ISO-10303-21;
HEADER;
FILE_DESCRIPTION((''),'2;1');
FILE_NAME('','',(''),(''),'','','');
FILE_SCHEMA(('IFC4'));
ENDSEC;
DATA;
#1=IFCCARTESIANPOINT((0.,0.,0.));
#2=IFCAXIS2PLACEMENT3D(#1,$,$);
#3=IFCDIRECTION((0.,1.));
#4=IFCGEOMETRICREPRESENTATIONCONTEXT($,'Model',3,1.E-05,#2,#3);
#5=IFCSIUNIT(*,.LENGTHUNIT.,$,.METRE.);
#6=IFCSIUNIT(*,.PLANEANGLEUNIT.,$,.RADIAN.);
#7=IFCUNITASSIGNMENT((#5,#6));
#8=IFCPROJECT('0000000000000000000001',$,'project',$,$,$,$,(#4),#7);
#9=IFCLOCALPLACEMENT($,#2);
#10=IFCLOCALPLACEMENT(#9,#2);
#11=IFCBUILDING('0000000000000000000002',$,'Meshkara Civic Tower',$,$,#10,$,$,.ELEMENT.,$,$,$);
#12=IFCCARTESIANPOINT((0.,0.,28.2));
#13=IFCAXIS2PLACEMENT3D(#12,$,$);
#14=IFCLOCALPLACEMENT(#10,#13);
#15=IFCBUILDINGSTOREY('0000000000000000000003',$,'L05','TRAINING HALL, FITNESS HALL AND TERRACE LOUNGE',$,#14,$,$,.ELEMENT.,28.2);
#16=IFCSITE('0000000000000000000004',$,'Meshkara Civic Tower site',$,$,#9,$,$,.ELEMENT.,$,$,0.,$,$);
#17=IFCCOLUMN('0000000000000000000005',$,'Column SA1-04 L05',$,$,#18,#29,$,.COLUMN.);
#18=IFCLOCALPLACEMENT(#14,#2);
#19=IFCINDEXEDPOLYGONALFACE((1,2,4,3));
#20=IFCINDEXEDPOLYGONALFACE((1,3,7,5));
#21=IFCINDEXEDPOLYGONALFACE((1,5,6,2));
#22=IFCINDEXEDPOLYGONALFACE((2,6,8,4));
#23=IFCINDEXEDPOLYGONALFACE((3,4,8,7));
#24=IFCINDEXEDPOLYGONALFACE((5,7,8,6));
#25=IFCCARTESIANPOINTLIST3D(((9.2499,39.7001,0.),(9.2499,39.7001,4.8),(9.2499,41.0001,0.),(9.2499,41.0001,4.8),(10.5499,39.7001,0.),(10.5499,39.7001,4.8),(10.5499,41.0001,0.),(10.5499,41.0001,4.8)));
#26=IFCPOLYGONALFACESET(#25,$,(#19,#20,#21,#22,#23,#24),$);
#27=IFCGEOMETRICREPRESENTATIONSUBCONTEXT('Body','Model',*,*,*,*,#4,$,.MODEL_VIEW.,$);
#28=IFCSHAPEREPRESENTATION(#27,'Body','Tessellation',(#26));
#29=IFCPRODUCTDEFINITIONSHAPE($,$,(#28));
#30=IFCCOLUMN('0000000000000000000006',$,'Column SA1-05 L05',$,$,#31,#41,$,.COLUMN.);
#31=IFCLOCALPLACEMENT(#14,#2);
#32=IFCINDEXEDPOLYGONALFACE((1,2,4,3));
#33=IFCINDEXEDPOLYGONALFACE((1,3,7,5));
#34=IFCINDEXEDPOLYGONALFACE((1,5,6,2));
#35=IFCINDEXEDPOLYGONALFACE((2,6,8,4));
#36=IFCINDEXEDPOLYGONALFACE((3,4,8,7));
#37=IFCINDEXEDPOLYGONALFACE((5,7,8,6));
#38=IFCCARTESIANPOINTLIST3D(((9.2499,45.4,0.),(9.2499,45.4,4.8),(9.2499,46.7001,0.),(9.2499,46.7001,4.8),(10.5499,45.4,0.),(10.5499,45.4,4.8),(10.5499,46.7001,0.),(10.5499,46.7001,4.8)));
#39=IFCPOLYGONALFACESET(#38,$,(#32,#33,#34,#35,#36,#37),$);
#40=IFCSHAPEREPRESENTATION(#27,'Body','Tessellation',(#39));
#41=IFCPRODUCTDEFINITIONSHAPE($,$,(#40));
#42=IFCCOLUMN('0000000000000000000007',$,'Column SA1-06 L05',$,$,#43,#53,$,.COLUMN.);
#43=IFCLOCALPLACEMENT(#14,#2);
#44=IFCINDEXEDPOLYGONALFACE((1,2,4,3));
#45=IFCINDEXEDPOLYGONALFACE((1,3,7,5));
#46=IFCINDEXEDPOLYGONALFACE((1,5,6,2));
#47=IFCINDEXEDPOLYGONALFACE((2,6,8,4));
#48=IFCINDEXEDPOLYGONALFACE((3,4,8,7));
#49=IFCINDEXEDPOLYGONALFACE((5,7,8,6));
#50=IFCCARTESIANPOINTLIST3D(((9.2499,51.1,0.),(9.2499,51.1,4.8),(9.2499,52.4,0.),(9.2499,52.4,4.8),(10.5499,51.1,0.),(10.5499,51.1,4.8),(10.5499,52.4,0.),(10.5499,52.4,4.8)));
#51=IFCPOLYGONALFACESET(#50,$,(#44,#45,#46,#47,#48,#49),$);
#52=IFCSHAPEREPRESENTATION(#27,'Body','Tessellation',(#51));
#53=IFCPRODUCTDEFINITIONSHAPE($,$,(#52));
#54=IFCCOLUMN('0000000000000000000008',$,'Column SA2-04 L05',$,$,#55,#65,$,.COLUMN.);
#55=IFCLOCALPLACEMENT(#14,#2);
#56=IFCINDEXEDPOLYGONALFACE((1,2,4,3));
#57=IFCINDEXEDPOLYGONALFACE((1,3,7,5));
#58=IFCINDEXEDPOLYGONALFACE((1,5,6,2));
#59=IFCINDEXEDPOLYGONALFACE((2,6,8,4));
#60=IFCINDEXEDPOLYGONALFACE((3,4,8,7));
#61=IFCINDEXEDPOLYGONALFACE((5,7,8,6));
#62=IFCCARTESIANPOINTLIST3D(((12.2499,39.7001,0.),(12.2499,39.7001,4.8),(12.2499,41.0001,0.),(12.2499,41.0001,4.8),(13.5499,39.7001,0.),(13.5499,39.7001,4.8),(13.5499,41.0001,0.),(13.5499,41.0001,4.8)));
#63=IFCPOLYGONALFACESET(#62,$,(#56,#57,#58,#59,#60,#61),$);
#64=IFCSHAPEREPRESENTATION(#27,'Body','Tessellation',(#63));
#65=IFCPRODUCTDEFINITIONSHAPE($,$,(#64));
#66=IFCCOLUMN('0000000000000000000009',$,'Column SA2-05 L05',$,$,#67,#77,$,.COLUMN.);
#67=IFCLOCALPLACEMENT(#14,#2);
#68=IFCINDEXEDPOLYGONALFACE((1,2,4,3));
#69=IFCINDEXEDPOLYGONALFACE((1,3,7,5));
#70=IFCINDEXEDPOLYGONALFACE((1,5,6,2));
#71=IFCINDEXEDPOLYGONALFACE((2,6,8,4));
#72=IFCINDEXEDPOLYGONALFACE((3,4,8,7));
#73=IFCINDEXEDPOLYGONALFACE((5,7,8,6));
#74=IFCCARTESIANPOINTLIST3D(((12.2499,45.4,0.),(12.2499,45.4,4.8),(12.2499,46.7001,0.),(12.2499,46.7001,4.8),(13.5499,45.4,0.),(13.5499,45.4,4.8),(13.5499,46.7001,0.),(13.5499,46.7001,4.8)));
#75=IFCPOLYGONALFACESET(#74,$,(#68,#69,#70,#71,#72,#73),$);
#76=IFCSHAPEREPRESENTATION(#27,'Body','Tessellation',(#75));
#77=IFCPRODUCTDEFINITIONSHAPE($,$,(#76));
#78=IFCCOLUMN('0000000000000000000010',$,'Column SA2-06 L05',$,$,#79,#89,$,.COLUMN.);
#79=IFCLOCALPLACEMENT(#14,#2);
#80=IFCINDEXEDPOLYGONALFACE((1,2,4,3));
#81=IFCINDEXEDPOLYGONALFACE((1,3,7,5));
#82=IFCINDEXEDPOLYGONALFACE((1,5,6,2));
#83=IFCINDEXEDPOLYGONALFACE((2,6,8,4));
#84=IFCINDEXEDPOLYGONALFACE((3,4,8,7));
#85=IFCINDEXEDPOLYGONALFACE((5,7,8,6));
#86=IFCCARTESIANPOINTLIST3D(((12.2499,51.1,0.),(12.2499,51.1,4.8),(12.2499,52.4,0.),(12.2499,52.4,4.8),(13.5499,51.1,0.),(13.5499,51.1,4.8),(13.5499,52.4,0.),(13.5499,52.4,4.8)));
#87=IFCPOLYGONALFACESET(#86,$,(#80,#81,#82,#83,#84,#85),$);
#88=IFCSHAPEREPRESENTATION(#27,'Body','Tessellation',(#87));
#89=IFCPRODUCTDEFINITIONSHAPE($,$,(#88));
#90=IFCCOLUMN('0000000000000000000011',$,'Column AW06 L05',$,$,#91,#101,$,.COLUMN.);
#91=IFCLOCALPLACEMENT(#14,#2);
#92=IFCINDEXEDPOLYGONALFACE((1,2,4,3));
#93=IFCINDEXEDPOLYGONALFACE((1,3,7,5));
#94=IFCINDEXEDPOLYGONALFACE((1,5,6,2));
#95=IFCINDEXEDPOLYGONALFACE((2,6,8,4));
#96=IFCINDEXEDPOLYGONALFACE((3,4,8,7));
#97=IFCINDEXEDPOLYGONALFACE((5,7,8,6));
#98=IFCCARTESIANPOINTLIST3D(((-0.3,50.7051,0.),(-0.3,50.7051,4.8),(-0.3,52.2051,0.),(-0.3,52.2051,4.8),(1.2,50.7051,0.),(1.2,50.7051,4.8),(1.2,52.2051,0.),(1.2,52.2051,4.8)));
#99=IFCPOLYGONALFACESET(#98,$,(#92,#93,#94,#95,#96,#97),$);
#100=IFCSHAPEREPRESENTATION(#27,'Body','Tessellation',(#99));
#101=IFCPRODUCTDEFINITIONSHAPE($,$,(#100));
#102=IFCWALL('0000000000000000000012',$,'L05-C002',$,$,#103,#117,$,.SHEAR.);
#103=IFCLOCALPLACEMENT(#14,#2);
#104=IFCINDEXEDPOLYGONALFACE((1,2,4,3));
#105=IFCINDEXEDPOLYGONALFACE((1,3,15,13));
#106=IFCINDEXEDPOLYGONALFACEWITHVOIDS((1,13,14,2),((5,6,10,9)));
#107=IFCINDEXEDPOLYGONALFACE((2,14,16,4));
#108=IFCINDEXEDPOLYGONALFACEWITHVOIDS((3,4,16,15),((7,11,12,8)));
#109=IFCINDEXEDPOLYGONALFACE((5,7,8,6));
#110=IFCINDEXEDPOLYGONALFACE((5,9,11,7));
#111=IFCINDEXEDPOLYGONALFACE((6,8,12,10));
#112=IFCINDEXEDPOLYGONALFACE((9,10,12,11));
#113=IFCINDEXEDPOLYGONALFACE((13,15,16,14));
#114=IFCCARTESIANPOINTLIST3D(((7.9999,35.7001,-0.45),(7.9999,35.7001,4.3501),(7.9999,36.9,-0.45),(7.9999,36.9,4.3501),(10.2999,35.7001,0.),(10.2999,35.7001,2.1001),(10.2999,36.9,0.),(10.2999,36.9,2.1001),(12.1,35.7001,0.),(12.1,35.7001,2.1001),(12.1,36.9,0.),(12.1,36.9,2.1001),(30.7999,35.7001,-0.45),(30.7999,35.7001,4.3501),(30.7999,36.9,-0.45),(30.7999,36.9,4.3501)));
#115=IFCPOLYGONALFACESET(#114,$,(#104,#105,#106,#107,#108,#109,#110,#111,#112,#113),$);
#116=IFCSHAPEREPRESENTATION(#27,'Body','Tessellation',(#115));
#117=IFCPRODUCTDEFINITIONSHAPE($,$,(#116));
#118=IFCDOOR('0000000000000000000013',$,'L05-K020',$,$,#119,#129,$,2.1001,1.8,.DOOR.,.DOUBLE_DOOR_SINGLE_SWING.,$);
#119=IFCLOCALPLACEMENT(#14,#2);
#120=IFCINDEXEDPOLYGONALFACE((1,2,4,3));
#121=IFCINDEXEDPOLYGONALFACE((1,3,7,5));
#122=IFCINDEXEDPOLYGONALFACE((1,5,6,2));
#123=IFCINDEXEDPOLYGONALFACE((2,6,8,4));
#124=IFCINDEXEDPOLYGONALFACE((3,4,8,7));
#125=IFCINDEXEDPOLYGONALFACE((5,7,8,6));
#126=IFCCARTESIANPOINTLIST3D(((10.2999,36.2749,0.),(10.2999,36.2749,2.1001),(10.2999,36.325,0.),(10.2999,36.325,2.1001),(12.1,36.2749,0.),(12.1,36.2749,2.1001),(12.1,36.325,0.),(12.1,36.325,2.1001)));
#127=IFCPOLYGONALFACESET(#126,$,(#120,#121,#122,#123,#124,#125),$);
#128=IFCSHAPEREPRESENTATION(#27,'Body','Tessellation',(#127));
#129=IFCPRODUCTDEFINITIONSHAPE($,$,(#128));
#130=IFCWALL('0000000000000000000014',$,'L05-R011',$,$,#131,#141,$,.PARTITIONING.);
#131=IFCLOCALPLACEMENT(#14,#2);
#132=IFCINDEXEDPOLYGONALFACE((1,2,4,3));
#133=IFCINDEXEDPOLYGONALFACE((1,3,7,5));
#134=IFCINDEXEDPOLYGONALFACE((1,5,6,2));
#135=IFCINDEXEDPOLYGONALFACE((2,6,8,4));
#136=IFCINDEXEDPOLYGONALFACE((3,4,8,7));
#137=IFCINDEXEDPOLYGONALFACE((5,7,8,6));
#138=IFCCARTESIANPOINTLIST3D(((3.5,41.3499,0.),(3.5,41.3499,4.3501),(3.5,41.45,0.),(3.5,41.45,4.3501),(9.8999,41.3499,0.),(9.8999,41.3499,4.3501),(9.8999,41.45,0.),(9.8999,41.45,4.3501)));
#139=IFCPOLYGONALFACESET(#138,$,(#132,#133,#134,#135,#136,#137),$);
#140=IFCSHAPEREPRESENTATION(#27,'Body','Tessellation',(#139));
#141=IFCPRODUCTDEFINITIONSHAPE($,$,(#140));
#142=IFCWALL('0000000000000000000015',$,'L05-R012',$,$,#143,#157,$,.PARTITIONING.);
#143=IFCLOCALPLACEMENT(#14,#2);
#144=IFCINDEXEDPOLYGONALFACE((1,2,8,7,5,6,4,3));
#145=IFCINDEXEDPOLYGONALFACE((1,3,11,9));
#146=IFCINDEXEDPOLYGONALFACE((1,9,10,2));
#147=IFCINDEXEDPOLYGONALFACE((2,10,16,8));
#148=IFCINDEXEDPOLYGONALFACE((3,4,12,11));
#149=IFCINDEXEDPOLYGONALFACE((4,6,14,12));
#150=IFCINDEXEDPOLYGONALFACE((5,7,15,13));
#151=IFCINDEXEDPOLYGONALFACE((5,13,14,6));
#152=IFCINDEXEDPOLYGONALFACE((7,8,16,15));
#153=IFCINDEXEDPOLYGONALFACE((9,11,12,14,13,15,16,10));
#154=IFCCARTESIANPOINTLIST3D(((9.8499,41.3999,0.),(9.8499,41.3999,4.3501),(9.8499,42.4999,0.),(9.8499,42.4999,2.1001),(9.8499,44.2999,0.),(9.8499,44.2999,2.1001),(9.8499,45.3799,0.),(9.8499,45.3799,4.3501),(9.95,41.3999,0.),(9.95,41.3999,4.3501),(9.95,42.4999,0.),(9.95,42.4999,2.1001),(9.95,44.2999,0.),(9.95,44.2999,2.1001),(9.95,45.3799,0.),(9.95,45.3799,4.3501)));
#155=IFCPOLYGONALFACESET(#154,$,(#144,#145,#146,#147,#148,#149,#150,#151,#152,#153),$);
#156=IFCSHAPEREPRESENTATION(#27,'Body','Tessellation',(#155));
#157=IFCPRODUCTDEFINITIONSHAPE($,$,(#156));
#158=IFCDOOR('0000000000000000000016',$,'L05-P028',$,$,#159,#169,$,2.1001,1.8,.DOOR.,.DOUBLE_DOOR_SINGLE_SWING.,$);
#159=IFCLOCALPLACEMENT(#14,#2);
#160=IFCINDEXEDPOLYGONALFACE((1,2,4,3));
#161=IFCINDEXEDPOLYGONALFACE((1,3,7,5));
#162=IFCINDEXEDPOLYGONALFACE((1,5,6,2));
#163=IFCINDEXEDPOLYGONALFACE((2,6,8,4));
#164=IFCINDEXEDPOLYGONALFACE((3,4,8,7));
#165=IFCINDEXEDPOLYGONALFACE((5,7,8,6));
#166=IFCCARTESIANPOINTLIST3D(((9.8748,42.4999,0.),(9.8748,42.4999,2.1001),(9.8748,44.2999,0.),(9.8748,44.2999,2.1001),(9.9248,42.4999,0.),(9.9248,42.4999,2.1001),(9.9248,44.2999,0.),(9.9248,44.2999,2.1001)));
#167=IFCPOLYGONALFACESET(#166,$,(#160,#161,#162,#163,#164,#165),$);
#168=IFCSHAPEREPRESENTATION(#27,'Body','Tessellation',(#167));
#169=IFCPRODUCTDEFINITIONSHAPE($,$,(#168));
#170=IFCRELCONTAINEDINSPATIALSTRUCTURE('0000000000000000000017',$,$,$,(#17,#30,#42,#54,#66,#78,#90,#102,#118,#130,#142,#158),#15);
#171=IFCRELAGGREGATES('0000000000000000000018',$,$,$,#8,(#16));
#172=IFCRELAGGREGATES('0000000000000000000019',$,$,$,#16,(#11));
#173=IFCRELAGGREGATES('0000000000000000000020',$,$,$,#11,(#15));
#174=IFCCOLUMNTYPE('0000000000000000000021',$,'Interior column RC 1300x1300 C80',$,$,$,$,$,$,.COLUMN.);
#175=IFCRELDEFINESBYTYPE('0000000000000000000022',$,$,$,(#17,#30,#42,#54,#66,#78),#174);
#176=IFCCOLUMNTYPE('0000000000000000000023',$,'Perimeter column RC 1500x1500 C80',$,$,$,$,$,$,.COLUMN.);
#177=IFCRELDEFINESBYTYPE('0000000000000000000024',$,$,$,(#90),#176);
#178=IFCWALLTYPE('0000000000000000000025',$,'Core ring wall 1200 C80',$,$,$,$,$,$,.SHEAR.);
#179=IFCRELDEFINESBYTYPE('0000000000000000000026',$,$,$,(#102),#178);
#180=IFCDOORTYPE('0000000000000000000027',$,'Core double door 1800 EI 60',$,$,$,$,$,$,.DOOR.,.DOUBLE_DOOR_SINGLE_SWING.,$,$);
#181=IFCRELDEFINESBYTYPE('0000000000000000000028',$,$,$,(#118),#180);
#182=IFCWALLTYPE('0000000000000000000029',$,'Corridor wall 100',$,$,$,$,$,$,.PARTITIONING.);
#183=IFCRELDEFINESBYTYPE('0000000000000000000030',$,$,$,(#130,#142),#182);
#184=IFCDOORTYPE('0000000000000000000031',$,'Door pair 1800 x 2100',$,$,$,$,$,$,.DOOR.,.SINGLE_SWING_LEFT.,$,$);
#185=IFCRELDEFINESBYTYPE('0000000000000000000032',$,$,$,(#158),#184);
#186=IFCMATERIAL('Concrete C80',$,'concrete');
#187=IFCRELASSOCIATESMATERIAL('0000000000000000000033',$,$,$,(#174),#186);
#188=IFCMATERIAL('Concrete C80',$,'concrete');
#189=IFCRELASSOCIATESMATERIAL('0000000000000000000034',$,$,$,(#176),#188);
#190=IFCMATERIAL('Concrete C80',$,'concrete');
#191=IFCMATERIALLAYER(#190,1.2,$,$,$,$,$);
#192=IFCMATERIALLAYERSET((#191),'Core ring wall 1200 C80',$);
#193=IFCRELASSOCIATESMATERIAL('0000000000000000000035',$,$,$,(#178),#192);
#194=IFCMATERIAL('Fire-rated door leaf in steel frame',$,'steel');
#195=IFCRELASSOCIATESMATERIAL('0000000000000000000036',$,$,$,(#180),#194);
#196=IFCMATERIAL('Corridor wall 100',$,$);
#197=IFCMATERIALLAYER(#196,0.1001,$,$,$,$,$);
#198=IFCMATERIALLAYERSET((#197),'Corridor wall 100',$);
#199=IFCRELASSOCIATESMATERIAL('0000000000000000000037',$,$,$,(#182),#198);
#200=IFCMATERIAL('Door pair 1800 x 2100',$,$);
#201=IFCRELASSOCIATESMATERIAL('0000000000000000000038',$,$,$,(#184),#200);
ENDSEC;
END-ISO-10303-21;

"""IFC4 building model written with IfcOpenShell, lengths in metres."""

from ifc_helpers import new_model, si_unit, direction, frame, frame_2d, origin, origin_2d, place, context, subcontext, project, spatial, rectangle, extrude, material, layer, layer_set, material_profile, profile_set, type_object, element, fill, save


model = new_model("IFC4")

# Units and contexts
model_context = context("Model", 3, precision=1e-05, world=origin(), true_north=direction((0.0, 1.0)))
body_context = subcontext(model_context, "Body", "Model", "MODEL_VIEW")
ifc_project = project(units=[si_unit("LENGTHUNIT", "METRE"), si_unit("PLANEANGLEUNIT", "RADIAN")], contexts=[model_context])

# Site, building, storey
site_placement = place(None, origin())
site = spatial("IfcSite", under=ifc_project, at=site_placement, Name="Meshkara Civic Tower site", CompositionType="ELEMENT", RefElevation=0.0)
building_placement = place(site_placement, origin())
building = spatial("IfcBuilding", under=site, at=building_placement, Name="Meshkara Civic Tower", CompositionType="ELEMENT")
storey_placement = place(building_placement, frame((0.0, 0.0, 28.2)))
storey = spatial("IfcBuildingStorey", under=building, at=storey_placement, Name="L05", Description="TRAINING HALL, FITNESS HALL AND TERRACE LOUNGE", CompositionType="ELEMENT", Elevation=28.2)

# Columns
ifc_material_1 = material(Name="Concrete C80", Category="concrete")
ifc_material_profile_1 = material_profile(ifc_material_1, rectangle(XDim=1.3, YDim=1.3, at=origin_2d()))
ifc_profile_set_1 = profile_set([ifc_material_profile_1], Name="Concrete C80")
column_type_1 = type_object("IfcColumnType", Name="Interior column RC 1300x1300 C80", PredefinedType="COLUMN", material=ifc_profile_set_1)
for number, where, z_axis, x_axis, name in (
    (1, (9.8999, 40.3501, 0.0), (0.0, 0.0, 1.0), (1.0, 0.0, 0.0), "Column SA1-04 L05"),
    (2, (9.8999, 46.05, 0.0), (0.0, 0.0, 1.0), (1.0, 0.0, 0.0), "Column SA1-05 L05"),
    (3, (9.8999, 51.75, 0.0), (0.0, 0.0, 1.0), (1.0, 0.0, 0.0), "Column SA1-06 L05"),
    (4, (12.8999, 40.3501, 0.0), (0.0, 0.0, 1.0), (1.0, 0.0, 0.0), "Column SA2-04 L05"),
    (5, (12.8999, 46.05, 0.0), (0.0, 0.0, 1.0), (1.0, 0.0, 0.0), "Column SA2-05 L05"),
    (6, (12.8999, 51.75, 0.0), (0.0, 0.0, 1.0), (1.0, 0.0, 0.0), "Column SA2-06 L05"),
):
    element("IfcColumn", number, at=place(storey_placement, frame(where, z_axis=z_axis, x_axis=x_axis)), inside=storey, type_object=column_type_1, Name=name, PredefinedType="COLUMN", context=body_context, shape_type="SweptSolid", body=[
        extrude(rectangle(XDim=1.3, YDim=1.3, at=origin_2d()), origin(), (0.0, 0.0, 1.0), 4.8),
    ])
ifc_material_2 = material(Name="Concrete C80", Category="concrete")
ifc_material_profile_2 = material_profile(ifc_material_2, rectangle(XDim=1.5, YDim=1.5, at=origin_2d()))
ifc_profile_set_2 = profile_set([ifc_material_profile_2], Name="Concrete C80")
column_type_2 = type_object("IfcColumnType", Name="Perimeter column RC 1500x1500 C80", PredefinedType="COLUMN", material=ifc_profile_set_2)
column_placement = place(storey_placement, frame((0.45, 51.4551, 0.0), z_axis=(0.0, 0.0, 1.0), x_axis=(1.0, 0.0, 0.0)))
element("IfcColumn", 7, at=column_placement, inside=storey, type_object=column_type_2, Name="Column AW06 L05", PredefinedType="COLUMN", context=body_context, shape_type="SweptSolid", body=[
    extrude(rectangle(XDim=1.5, YDim=1.5, at=origin_2d()), origin(), (0.0, 0.0, 1.0), 4.8),
])

# Wall, opening, door
ifc_material_3 = material(Name="Concrete C80", Category="concrete")
ifc_layer_1 = layer(ifc_material_3, 1.2)
ifc_layer_set_1 = layer_set([ifc_layer_1], Name="Core ring wall 1200 C80")
wall_type_1 = type_object("IfcWallType", Name="Core ring wall 1200 C80", PredefinedType="SHEAR", material=ifc_layer_set_1)
wall_1_placement = place(storey_placement, frame((8.0, 36.3, -0.45), z_axis=(0.0, 0.0, 1.0), x_axis=(1.0, 0.0, 0.0)))
wall_1 = element("IfcWall", 8, at=wall_1_placement, inside=storey, type_object=wall_type_1, Name="L05-C002", PredefinedType="SHEAR", context=body_context, shape_type="SweptSolid", body=[
    extrude(rectangle(XDim=22.8, YDim=1.2, at=frame_2d((11.3999, 0.0))), origin(), (0.0, 0.0, 1.0), 4.8),
])
opening_1_placement = place(wall_1_placement, frame((2.3, 0.0, 0.45)))
opening_1 = element("IfcOpeningElement", 9, at=opening_1_placement, cuts=wall_1, PredefinedType="OPENING", context=body_context, shape_type="SweptSolid", body=[
    extrude(rectangle(XDim=1.8, YDim=2.1001, at=frame_2d((0.8999, 1.05))), frame((0.0, 0.6099, 0.0), z_axis=(0.0, -1.0, 0.0), x_axis=(1.0, 0.0, 0.0)), (0.0, 0.0, 1.0), 1.22),
])
ifc_material_4 = material(Name="Fire-rated door leaf in steel frame", Category="steel")
door_type_1 = type_object("IfcDoorType", Name="Core double door 1800 EI 60", OperationType="DOUBLE_DOOR_SINGLE_SWING", PredefinedType="DOOR", material=ifc_material_4)
door_1_placement = place(opening_1_placement, origin())
door_1 = element("IfcDoor", 10, at=door_1_placement, inside=storey, type_object=door_type_1, Name="L05-K020", OperationType="DOUBLE_DOOR_SINGLE_SWING", OverallHeight=2.1001, OverallWidth=1.8, PredefinedType="DOOR", context=body_context, shape_type="SweptSolid", body=[
    extrude(rectangle(XDim=1.8, YDim=2.1001, at=frame_2d((0.8999, 1.05))), frame((0.0, 0.0249, 0.0), z_axis=(0.0, -1.0, 0.0), x_axis=(1.0, 0.0, 0.0)), (0.0, 0.0, 1.0), 0.05),
])
fill(opening_1, door_1)

# Wall
ifc_material_5 = material(Name="Corridor wall 100")
ifc_layer_2 = layer(ifc_material_5, 0.1001)
ifc_layer_set_2 = layer_set([ifc_layer_2], Name="Corridor wall 100")
wall_type_2 = type_object("IfcWallType", Name="Corridor wall 100", PredefinedType="PARTITIONING", material=ifc_layer_set_2)
wall_2_placement = place(storey_placement, frame((9.8999, 41.3999, 0.0), z_axis=(0.0, 0.0, 1.0), x_axis=(-1.0, 0.0, 0.0)))
element("IfcWall", 11, at=wall_2_placement, inside=storey, type_object=wall_type_2, Name="L05-R011", PredefinedType="PARTITIONING", context=body_context, shape_type="SweptSolid", body=[
    extrude(rectangle(XDim=6.3999, YDim=0.1001, at=frame_2d((3.2, 0.0))), origin(), (0.0, 0.0, 1.0), 4.3501),
])

# Wall, opening, door
wall_3_placement = place(storey_placement, frame((9.8999, 45.3799, 0.0), z_axis=(0.0, 0.0, 1.0), x_axis=(0.0, -1.0, 0.0)))
wall_3 = element("IfcWall", 12, at=wall_3_placement, inside=storey, type_object=wall_type_2, Name="L05-R012", PredefinedType="PARTITIONING", context=body_context, shape_type="SweptSolid", body=[
    extrude(rectangle(XDim=3.98, YDim=0.1001, at=frame_2d((1.99, 0.0))), origin(), (0.0, 0.0, 1.0), 4.3501),
])
opening_2_placement = place(wall_3_placement, frame((1.0801, 0.0, 0.0)))
opening_2 = element("IfcOpeningElement", 13, at=opening_2_placement, cuts=wall_3, PredefinedType="OPENING", context=body_context, shape_type="SweptSolid", body=[
    extrude(rectangle(XDim=1.8, YDim=2.1001, at=frame_2d((0.8999, 1.05))), frame((0.0, 0.0601, 0.0), z_axis=(0.0, -1.0, 0.0), x_axis=(1.0, 0.0, 0.0)), (0.0, 0.0, 1.0), 0.1201),
])
ifc_material_6 = material(Name="Door pair 1800 x 2100")
door_type_2 = type_object("IfcDoorType", Name="Door pair 1800 x 2100", OperationType="SINGLE_SWING_LEFT", PredefinedType="DOOR", material=ifc_material_6)
door_2_placement = place(opening_2_placement, origin())
door_2 = element("IfcDoor", 14, at=door_2_placement, inside=storey, type_object=door_type_2, Name="L05-P028", OperationType="DOUBLE_DOOR_SINGLE_SWING", OverallHeight=2.1001, OverallWidth=1.8, PredefinedType="DOOR", context=body_context, shape_type="SweptSolid", body=[
    extrude(rectangle(XDim=1.8, YDim=2.1001, at=frame_2d((0.8999, 1.05))), frame((0.0, 0.0249, 0.0), z_axis=(0.0, -1.0, 0.0), x_axis=(1.0, 0.0, 0.0)), (0.0, 0.0, 1.0), 0.05),
])
fill(opening_2, door_2)

save(model, "model.ifc")
